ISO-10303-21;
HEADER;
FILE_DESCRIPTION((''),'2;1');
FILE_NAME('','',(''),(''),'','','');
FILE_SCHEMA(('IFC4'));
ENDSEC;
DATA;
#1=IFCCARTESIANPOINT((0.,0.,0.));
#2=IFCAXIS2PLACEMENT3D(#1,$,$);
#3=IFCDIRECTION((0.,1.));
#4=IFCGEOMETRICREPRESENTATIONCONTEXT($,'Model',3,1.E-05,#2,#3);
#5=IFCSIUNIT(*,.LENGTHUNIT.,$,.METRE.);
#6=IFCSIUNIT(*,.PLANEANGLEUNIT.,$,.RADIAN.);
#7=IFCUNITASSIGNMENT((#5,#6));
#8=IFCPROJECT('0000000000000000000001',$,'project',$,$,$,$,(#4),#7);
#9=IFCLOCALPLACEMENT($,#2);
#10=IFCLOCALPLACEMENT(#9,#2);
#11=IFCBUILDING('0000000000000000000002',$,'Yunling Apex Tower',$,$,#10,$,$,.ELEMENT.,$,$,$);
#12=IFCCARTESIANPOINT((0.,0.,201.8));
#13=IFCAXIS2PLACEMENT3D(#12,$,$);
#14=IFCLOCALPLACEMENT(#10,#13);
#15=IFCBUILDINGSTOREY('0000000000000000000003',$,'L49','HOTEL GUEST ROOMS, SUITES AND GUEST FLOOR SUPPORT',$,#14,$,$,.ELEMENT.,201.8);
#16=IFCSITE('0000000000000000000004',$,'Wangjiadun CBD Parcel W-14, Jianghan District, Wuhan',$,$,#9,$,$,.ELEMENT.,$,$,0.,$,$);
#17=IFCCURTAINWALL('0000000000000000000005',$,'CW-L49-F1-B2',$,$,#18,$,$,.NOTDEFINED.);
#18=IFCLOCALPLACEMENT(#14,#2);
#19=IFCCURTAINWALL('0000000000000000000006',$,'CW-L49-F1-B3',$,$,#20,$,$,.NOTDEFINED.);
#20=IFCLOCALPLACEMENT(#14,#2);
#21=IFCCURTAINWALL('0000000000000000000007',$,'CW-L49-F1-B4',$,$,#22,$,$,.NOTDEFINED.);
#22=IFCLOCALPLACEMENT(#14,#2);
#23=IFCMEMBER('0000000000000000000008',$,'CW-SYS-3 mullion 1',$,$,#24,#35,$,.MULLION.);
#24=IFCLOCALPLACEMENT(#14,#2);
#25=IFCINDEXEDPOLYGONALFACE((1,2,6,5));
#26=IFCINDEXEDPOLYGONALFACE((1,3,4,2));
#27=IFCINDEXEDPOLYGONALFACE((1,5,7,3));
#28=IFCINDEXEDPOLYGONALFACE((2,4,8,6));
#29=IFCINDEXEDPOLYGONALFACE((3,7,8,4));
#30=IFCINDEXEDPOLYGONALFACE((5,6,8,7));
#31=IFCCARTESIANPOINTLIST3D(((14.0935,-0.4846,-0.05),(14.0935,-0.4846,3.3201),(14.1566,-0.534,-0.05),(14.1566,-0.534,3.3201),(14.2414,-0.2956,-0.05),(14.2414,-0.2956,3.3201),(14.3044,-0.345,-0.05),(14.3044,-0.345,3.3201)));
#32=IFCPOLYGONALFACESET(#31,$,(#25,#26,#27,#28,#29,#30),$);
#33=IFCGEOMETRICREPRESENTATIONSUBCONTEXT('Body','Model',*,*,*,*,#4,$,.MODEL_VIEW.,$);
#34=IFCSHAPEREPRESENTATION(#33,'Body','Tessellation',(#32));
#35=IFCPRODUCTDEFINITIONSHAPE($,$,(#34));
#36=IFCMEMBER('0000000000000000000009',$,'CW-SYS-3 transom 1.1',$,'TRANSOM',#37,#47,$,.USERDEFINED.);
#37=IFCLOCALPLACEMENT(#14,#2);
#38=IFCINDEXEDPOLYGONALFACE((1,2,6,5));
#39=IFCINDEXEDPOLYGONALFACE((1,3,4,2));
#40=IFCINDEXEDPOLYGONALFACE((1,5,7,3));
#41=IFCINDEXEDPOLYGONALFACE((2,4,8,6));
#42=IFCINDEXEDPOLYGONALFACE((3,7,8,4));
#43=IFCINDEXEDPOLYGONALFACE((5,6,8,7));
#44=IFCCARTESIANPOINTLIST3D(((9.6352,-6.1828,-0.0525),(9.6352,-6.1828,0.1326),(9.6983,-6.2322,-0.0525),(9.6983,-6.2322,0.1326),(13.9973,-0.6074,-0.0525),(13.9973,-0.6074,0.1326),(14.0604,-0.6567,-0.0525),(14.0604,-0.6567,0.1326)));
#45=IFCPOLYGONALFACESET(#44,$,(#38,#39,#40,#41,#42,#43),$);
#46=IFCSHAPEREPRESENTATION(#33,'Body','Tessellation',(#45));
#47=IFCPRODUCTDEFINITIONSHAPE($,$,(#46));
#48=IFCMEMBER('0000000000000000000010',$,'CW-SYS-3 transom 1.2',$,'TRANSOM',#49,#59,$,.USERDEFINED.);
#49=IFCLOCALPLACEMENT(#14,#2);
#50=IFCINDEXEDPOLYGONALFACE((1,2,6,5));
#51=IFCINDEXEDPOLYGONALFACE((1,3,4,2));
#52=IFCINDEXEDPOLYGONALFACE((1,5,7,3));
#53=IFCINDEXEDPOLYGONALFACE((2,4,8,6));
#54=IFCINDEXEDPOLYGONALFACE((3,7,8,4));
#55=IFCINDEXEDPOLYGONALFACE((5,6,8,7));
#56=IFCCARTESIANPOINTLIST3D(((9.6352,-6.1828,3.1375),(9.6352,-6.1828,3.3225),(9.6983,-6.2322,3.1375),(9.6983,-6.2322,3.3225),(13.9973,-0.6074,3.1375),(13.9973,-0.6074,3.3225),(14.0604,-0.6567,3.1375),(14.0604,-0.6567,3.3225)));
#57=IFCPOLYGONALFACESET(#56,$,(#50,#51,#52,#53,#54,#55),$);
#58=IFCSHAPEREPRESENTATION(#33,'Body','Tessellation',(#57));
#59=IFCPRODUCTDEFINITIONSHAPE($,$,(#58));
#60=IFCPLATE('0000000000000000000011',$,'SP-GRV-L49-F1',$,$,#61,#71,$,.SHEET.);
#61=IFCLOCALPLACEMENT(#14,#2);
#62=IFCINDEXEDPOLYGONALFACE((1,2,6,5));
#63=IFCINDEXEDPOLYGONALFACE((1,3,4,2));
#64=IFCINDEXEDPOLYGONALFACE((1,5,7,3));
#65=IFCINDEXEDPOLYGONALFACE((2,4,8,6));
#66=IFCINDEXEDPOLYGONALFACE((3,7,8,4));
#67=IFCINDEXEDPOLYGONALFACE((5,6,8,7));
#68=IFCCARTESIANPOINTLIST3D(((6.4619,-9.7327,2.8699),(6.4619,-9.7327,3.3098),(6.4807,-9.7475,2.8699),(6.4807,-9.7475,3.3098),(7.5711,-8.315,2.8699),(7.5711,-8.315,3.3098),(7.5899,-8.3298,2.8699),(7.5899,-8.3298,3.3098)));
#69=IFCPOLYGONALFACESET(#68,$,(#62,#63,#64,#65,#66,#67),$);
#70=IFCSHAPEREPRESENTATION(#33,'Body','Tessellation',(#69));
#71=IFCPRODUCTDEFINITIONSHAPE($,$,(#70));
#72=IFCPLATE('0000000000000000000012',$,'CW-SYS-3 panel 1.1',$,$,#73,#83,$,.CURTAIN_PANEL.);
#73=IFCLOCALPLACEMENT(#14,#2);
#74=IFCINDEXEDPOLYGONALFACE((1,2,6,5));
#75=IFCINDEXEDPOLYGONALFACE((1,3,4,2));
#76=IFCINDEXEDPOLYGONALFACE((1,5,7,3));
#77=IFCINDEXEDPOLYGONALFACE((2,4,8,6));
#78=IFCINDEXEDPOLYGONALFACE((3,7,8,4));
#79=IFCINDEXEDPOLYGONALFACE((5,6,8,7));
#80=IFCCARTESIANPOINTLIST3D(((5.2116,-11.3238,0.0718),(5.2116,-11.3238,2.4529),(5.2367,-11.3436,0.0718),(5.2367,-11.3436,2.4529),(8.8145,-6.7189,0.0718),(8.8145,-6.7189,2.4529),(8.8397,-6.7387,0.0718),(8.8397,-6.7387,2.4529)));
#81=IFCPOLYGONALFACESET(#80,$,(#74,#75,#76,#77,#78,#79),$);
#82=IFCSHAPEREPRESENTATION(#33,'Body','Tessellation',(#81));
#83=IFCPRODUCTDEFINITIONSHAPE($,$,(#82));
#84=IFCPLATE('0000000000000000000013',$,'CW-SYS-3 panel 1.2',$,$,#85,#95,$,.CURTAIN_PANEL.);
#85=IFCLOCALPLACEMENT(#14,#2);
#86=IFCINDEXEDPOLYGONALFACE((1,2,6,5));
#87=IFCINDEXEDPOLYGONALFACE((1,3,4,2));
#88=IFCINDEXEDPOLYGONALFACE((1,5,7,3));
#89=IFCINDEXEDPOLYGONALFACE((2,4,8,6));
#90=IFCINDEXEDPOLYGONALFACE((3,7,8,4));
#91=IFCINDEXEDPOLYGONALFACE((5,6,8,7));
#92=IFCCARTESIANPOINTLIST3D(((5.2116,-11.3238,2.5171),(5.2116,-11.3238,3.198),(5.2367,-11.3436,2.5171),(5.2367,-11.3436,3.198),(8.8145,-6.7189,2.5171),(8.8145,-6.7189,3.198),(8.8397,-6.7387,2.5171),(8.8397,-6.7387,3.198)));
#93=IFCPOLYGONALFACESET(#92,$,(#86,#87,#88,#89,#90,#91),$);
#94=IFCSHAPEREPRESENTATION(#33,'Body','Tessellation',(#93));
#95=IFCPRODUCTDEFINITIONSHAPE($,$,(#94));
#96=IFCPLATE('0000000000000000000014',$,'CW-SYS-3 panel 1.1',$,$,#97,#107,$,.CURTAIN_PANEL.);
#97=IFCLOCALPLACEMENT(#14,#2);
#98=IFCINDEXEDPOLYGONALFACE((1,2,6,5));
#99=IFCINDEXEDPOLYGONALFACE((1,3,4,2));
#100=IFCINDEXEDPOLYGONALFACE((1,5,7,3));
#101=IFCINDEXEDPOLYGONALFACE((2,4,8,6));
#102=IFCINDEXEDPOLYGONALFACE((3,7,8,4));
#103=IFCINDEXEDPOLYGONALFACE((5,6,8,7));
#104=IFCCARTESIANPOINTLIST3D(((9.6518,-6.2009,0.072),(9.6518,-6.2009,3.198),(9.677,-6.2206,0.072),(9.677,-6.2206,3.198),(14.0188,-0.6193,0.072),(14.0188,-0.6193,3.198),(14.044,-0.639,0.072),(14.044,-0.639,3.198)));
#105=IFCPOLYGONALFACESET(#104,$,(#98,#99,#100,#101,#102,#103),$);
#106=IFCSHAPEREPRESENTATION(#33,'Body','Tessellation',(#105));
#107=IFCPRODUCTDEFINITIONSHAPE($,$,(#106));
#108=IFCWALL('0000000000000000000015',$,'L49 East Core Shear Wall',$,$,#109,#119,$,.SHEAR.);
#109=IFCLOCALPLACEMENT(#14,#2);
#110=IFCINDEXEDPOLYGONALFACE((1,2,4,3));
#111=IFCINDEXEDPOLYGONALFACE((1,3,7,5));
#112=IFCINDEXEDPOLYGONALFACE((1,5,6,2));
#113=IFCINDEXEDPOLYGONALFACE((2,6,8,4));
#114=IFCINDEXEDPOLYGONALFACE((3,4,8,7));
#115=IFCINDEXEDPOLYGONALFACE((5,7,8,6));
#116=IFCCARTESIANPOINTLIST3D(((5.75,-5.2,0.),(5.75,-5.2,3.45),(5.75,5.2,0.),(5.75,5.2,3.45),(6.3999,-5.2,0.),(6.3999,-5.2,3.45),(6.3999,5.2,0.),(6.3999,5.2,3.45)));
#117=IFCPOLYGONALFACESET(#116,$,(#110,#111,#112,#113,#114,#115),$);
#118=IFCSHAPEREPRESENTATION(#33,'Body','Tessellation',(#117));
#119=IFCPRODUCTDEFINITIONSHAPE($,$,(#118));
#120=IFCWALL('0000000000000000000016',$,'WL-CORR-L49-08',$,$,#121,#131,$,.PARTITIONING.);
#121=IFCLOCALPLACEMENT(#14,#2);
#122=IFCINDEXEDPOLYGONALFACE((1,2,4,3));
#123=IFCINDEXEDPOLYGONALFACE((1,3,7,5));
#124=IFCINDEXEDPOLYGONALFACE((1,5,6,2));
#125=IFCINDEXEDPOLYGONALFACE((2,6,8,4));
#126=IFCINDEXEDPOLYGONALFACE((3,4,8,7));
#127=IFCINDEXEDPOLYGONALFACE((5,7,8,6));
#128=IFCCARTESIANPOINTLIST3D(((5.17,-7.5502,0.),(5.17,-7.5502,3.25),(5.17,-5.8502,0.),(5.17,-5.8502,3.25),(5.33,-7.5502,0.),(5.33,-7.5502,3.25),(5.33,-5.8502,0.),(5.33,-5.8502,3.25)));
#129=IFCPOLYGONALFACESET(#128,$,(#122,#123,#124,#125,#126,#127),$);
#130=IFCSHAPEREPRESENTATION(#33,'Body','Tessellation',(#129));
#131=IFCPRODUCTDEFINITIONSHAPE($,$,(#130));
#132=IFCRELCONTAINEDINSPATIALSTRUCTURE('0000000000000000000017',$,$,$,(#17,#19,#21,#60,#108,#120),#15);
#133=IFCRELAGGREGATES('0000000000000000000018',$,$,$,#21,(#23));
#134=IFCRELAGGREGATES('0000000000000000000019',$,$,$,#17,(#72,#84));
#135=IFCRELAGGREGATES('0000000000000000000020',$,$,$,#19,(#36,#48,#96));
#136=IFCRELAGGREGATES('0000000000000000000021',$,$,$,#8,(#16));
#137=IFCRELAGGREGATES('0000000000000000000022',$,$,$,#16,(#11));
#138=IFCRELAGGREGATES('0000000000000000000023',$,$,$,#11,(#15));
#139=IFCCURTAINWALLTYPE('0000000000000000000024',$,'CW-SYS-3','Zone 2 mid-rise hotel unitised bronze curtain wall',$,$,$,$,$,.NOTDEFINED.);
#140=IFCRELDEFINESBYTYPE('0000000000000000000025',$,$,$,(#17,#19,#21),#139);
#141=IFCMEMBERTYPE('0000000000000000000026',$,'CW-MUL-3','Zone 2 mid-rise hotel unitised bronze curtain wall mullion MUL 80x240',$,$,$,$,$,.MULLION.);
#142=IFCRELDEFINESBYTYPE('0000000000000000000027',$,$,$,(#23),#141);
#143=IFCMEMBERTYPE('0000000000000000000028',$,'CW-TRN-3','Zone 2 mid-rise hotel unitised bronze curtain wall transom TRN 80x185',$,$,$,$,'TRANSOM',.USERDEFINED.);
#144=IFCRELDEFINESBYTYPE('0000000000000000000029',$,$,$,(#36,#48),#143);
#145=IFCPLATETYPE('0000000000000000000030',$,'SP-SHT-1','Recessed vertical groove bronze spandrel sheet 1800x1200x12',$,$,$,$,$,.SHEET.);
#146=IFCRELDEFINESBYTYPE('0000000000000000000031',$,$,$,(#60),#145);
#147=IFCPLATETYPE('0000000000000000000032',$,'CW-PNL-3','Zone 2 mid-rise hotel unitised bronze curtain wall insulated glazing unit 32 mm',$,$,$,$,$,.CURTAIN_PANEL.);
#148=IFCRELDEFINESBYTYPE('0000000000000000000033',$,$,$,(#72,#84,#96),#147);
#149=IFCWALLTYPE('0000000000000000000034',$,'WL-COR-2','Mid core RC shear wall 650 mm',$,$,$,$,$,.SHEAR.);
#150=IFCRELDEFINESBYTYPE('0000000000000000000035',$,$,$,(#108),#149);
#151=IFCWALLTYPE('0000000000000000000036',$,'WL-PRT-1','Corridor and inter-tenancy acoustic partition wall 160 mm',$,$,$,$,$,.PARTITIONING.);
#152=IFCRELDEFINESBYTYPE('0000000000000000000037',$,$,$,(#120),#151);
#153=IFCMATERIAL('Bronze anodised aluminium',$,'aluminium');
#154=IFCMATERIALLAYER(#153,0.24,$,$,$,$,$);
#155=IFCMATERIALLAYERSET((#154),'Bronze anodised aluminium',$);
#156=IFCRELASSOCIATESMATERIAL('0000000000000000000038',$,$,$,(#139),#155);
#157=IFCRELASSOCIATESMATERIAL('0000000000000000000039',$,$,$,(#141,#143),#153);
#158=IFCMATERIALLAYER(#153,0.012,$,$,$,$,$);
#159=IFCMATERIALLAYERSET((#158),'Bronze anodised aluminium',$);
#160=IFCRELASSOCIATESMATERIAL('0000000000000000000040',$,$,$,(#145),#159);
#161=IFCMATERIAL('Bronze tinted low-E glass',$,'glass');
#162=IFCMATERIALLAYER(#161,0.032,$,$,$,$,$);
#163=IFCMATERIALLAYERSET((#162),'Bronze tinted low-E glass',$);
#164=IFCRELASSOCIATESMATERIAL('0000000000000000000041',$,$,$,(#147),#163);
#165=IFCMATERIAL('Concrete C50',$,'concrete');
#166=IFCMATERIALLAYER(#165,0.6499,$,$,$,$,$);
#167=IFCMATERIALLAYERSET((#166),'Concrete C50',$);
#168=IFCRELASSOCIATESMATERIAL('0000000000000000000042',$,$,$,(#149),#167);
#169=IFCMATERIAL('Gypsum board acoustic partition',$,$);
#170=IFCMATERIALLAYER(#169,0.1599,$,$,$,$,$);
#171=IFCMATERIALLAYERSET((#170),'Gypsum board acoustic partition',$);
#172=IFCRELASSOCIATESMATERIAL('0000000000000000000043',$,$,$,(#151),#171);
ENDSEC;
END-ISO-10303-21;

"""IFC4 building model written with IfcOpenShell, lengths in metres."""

from ifc_helpers import new_model, si_unit, direction, frame, frame_2d, origin, origin_2d, place, context, subcontext, project, spatial, rectangle, extrude, source, transform, mapped, material, layer, layer_set, material_profile, profile_set, type_object, element, aggregate, save


model = new_model("IFC4")

# Units and contexts
model_context = context("Model", 3, precision=1e-05, world=origin(), true_north=direction((0.0, 1.0)))
body_context = subcontext(model_context, "Body", "Model", "MODEL_VIEW")
ifc_project = project(units=[si_unit("LENGTHUNIT", "METRE"), si_unit("PLANEANGLEUNIT", "RADIAN")], contexts=[model_context])

# Site, building, storey
site_placement = place(None, origin())
site = spatial("IfcSite", under=ifc_project, at=site_placement, Name="Wangjiadun CBD Parcel W-14, Jianghan District, Wuhan", CompositionType="ELEMENT", RefElevation=0.0)
building_placement = place(site_placement, origin())
building = spatial("IfcBuilding", under=site, at=building_placement, Name="Yunling Apex Tower", CompositionType="ELEMENT")
storey_placement = place(building_placement, frame((0.0, 0.0, 201.8)))
storey = spatial("IfcBuildingStorey", under=building, at=storey_placement, Name="L49", Description="HOTEL GUEST ROOMS, SUITES AND GUEST FLOOR SUPPORT", CompositionType="ELEMENT", Elevation=201.8)

# Shared definitions
ifc_material_1 = material(Name="Concrete C50", Category="concrete")

# Curtain wall
ifc_material_2 = material(Name="Bronze anodised aluminium", Category="aluminium")
ifc_layer_1 = layer(ifc_material_2, 0.24)
ifc_layer_set_1 = layer_set([ifc_layer_1], Name="Bronze anodised aluminium")
curtain_wall_type = type_object("IfcCurtainWallType", Name="CW-SYS-3", Description="Zone 2 mid-rise hotel unitised bronze curtain wall", PredefinedType="NOTDEFINED", material=ifc_layer_set_1)
curtain_wall_1_placement = place(storey_placement, origin())
curtain_wall_1 = element("IfcCurtainWall", 1, at=curtain_wall_1_placement, inside=storey, type_object=curtain_wall_type, Name="CW-L49-F1-B2", PredefinedType="NOTDEFINED")
ifc_material_profile_1 = material_profile(ifc_material_2, rectangle(XDim=0.0801, YDim=0.24, at=origin_2d()))
ifc_profile_set_1 = profile_set([ifc_material_profile_1], Name="Bronze anodised aluminium")
member_type_1 = type_object("IfcMemberType", Name="CW-MUL-3", Description="Zone 2 mid-rise hotel unitised bronze curtain wall mullion MUL 80x240", PredefinedType="MULLION", material=ifc_profile_set_1)
shared_shape_1 = source(origin(), body_context, "Body", "SweptSolid", [
    extrude(rectangle(XDim=0.0801, YDim=0.24, at=origin_2d()), origin(), (0.0, 0.0, 1.0), 3.3701),
])

# Curtain wall
curtain_wall_2_placement = place(storey_placement, origin())
curtain_wall_2 = element("IfcCurtainWall", 2, at=curtain_wall_2_placement, inside=storey, type_object=curtain_wall_type, Name="CW-L49-F1-B3", PredefinedType="NOTDEFINED")

# Curtain wall, member
curtain_wall_3_placement = place(storey_placement, origin())
curtain_wall_3 = element("IfcCurtainWall", 3, at=curtain_wall_3_placement, inside=storey, type_object=curtain_wall_type, Name="CW-L49-F1-B4", PredefinedType="NOTDEFINED")
member_1_placement = place(storey_placement, frame((14.199, -0.4148, -0.05), z_axis=(0.0, 0.0, 1.0), x_axis=(-0.787589, 0.6162, 0.0)))
member_1 = element("IfcMember", 4, at=member_1_placement, type_object=member_type_1, Name="CW-SYS-3 mullion 1", PredefinedType="MULLION", context=body_context, shape_type="MappedRepresentation", body=[
    mapped(shared_shape_1, transform((0.0, 0.0, 0.0), scale=1.0)),
])
aggregate(curtain_wall_3, [member_1])

# Members
ifc_material_profile_2 = material_profile(ifc_material_2, rectangle(XDim=0.0801, YDim=0.1851, at=origin_2d()))
ifc_profile_set_2 = profile_set([ifc_material_profile_2], Name="Bronze anodised aluminium")
member_type_2 = type_object("IfcMemberType", Name="CW-TRN-3", Description="Zone 2 mid-rise hotel unitised bronze curtain wall transom TRN 80x185", ElementType="TRANSOM", PredefinedType="USERDEFINED", material=ifc_profile_set_2)
shared_shape_2 = source(origin(), body_context, "Body", "SweptSolid", [
    extrude(rectangle(XDim=0.0801, YDim=0.1851, at=origin_2d()), origin(), (0.0, 0.0, 1.0), 7.0791),
])
member_2_placement = place(storey_placement, frame((9.6667, -6.2075, 0.04), z_axis=(0.616192, 0.787596, 0.0), x_axis=(-0.787596, 0.616192, 0.0)))
member_2 = element("IfcMember", 5, at=member_2_placement, type_object=member_type_2, Name="CW-SYS-3 transom 1.1", ObjectType="TRANSOM", PredefinedType="USERDEFINED", context=body_context, shape_type="MappedRepresentation", body=[
    mapped(shared_shape_2, transform((0.0, 0.0, 0.0), scale=1.0)),
])
member_3_placement = place(storey_placement, frame((9.6667, -6.2075, 3.23), z_axis=(0.616192, 0.787596, 0.0), x_axis=(-0.787596, 0.616192, 0.0)))
member_3 = element("IfcMember", 6, at=member_3_placement, type_object=member_type_2, Name="CW-SYS-3 transom 1.2", ObjectType="TRANSOM", PredefinedType="USERDEFINED", context=body_context, shape_type="MappedRepresentation", body=[
    mapped(shared_shape_2, transform((0.0, 0.0, 0.0), scale=1.0)),
])

# Plates
ifc_layer_2 = layer(ifc_material_2, 0.012)
ifc_layer_set_2 = layer_set([ifc_layer_2], Name="Bronze anodised aluminium")
plate_type_1 = type_object("IfcPlateType", Name="SP-SHT-1", Description="Recessed vertical groove bronze spandrel sheet 1800x1200x12", PredefinedType="SHEET", material=ifc_layer_set_2)
shared_shape_3 = source(origin(), body_context, "Body", "SweptSolid", [
    extrude(rectangle(XDim=1.8, YDim=0.0239, at=origin_2d()), origin(), (0.0, 0.0, 1.0), 0.4399),
])
plate_1_placement = place(storey_placement, frame((7.0259, -9.0312, 2.8699), z_axis=(0.0, 0.0, 1.0), x_axis=(0.616211, 0.787581, 0.0)))
element("IfcPlate", 7, at=plate_1_placement, inside=storey, type_object=plate_type_1, Name="SP-GRV-L49-F1", PredefinedType="SHEET", context=body_context, shape_type="MappedRepresentation", body=[
    mapped(shared_shape_3, transform((0.0, 0.0, 0.0), scale=1.0)),
])
ifc_material_3 = material(Name="Bronze tinted low-E glass", Category="glass")
ifc_layer_3 = layer(ifc_material_3, 0.032)
ifc_layer_set_3 = layer_set([ifc_layer_3], Name="Bronze tinted low-E glass")
plate_type_2 = type_object("IfcPlateType", Name="CW-PNL-3", Description="Zone 2 mid-rise hotel unitised bronze curtain wall insulated glazing unit 32 mm", PredefinedType="CURTAIN_PANEL", material=ifc_layer_set_3)
shared_shape_4 = source(origin(), body_context, "Body", "SweptSolid", [
    extrude(rectangle(XDim=5.8469, YDim=0.032, at=origin_2d()), origin(), (0.0, 0.0, 1.0), 2.3811),
])
plate_2_placement = place(storey_placement, frame((7.0256, -9.0312, 0.0718), z_axis=(0.0, 0.0, 1.0), x_axis=(0.616217, 0.787576, 0.0)))
plate_2 = element("IfcPlate", 8, at=plate_2_placement, type_object=plate_type_2, Name="CW-SYS-3 panel 1.1", PredefinedType="CURTAIN_PANEL", context=body_context, shape_type="MappedRepresentation", body=[
    mapped(shared_shape_4, transform((0.0, 0.0, 0.0), scale=1.0)),
])
shared_shape_5 = source(origin(), body_context, "Body", "SweptSolid", [
    extrude(rectangle(XDim=5.8469, YDim=0.032, at=origin_2d()), origin(), (0.0, 0.0, 1.0), 0.6809),
])
plate_3_placement = place(storey_placement, frame((7.0256, -9.0312, 2.5171), z_axis=(0.0, 0.0, 1.0), x_axis=(0.616217, 0.787576, 0.0)))
plate_3 = element("IfcPlate", 9, at=plate_3_placement, type_object=plate_type_2, Name="CW-SYS-3 panel 1.2", PredefinedType="CURTAIN_PANEL", context=body_context, shape_type="MappedRepresentation", body=[
    mapped(shared_shape_5, transform((0.0, 0.0, 0.0), scale=1.0)),
])
aggregate(curtain_wall_1, [plate_2, plate_3])
shared_shape_6 = source(origin(), body_context, "Body", "SweptSolid", [
    extrude(rectangle(XDim=7.0869, YDim=0.032, at=origin_2d()), origin(), (0.0, 0.0, 1.0), 3.126),
])
plate_4_placement = place(storey_placement, frame((11.8479, -3.4199, 0.072), z_axis=(0.0, 0.0, 1.0), x_axis=(0.6162, 0.787589, 0.0)))
plate_4 = element("IfcPlate", 10, at=plate_4_placement, type_object=plate_type_2, Name="CW-SYS-3 panel 1.1", PredefinedType="CURTAIN_PANEL", context=body_context, shape_type="MappedRepresentation", body=[
    mapped(shared_shape_6, transform((0.0, 0.0, 0.0), scale=1.0)),
])
aggregate(curtain_wall_2, [member_2, member_3, plate_4])

# Walls
ifc_layer_4 = layer(ifc_material_1, 0.6499)
ifc_layer_set_4 = layer_set([ifc_layer_4], Name="Concrete C50")
wall_type_1 = type_object("IfcWallType", Name="WL-COR-2", Description="Mid core RC shear wall 650 mm", PredefinedType="SHEAR", material=ifc_layer_set_4)
wall_1_placement = place(storey_placement, frame((6.075, -5.2, 0.0), z_axis=(0.0, 0.0, 1.0), x_axis=(0.0, 1.0, 0.0)))
element("IfcWall", 11, at=wall_1_placement, inside=storey, type_object=wall_type_1, Name="L49 East Core Shear Wall", PredefinedType="SHEAR", context=body_context, shape_type="SweptSolid", body=[
    extrude(rectangle(XDim=10.3999, YDim=0.6499, at=frame_2d((5.2, 0.0))), origin(), (0.0, 0.0, 1.0), 3.45),
])
ifc_material_4 = material(Name="Gypsum board acoustic partition")
ifc_layer_5 = layer(ifc_material_4, 0.1599)
ifc_layer_set_5 = layer_set([ifc_layer_5], Name="Gypsum board acoustic partition")
wall_type_2 = type_object("IfcWallType", Name="WL-PRT-1", Description="Corridor and inter-tenancy acoustic partition wall 160 mm", PredefinedType="PARTITIONING", material=ifc_layer_set_5)
wall_2_placement = place(storey_placement, frame((5.25, -5.8501, 0.0), z_axis=(0.0, 0.0, 1.0), x_axis=(0.0, -1.0, 0.0)))
element("IfcWall", 12, at=wall_2_placement, inside=storey, type_object=wall_type_2, Name="WL-CORR-L49-08", PredefinedType="PARTITIONING", context=body_context, shape_type="SweptSolid", body=[
    extrude(rectangle(XDim=1.7, YDim=0.1599, at=frame_2d((0.8501, 0.0))), origin(), (0.0, 0.0, 1.0), 3.25),
])

save(model, "model.ifc")
